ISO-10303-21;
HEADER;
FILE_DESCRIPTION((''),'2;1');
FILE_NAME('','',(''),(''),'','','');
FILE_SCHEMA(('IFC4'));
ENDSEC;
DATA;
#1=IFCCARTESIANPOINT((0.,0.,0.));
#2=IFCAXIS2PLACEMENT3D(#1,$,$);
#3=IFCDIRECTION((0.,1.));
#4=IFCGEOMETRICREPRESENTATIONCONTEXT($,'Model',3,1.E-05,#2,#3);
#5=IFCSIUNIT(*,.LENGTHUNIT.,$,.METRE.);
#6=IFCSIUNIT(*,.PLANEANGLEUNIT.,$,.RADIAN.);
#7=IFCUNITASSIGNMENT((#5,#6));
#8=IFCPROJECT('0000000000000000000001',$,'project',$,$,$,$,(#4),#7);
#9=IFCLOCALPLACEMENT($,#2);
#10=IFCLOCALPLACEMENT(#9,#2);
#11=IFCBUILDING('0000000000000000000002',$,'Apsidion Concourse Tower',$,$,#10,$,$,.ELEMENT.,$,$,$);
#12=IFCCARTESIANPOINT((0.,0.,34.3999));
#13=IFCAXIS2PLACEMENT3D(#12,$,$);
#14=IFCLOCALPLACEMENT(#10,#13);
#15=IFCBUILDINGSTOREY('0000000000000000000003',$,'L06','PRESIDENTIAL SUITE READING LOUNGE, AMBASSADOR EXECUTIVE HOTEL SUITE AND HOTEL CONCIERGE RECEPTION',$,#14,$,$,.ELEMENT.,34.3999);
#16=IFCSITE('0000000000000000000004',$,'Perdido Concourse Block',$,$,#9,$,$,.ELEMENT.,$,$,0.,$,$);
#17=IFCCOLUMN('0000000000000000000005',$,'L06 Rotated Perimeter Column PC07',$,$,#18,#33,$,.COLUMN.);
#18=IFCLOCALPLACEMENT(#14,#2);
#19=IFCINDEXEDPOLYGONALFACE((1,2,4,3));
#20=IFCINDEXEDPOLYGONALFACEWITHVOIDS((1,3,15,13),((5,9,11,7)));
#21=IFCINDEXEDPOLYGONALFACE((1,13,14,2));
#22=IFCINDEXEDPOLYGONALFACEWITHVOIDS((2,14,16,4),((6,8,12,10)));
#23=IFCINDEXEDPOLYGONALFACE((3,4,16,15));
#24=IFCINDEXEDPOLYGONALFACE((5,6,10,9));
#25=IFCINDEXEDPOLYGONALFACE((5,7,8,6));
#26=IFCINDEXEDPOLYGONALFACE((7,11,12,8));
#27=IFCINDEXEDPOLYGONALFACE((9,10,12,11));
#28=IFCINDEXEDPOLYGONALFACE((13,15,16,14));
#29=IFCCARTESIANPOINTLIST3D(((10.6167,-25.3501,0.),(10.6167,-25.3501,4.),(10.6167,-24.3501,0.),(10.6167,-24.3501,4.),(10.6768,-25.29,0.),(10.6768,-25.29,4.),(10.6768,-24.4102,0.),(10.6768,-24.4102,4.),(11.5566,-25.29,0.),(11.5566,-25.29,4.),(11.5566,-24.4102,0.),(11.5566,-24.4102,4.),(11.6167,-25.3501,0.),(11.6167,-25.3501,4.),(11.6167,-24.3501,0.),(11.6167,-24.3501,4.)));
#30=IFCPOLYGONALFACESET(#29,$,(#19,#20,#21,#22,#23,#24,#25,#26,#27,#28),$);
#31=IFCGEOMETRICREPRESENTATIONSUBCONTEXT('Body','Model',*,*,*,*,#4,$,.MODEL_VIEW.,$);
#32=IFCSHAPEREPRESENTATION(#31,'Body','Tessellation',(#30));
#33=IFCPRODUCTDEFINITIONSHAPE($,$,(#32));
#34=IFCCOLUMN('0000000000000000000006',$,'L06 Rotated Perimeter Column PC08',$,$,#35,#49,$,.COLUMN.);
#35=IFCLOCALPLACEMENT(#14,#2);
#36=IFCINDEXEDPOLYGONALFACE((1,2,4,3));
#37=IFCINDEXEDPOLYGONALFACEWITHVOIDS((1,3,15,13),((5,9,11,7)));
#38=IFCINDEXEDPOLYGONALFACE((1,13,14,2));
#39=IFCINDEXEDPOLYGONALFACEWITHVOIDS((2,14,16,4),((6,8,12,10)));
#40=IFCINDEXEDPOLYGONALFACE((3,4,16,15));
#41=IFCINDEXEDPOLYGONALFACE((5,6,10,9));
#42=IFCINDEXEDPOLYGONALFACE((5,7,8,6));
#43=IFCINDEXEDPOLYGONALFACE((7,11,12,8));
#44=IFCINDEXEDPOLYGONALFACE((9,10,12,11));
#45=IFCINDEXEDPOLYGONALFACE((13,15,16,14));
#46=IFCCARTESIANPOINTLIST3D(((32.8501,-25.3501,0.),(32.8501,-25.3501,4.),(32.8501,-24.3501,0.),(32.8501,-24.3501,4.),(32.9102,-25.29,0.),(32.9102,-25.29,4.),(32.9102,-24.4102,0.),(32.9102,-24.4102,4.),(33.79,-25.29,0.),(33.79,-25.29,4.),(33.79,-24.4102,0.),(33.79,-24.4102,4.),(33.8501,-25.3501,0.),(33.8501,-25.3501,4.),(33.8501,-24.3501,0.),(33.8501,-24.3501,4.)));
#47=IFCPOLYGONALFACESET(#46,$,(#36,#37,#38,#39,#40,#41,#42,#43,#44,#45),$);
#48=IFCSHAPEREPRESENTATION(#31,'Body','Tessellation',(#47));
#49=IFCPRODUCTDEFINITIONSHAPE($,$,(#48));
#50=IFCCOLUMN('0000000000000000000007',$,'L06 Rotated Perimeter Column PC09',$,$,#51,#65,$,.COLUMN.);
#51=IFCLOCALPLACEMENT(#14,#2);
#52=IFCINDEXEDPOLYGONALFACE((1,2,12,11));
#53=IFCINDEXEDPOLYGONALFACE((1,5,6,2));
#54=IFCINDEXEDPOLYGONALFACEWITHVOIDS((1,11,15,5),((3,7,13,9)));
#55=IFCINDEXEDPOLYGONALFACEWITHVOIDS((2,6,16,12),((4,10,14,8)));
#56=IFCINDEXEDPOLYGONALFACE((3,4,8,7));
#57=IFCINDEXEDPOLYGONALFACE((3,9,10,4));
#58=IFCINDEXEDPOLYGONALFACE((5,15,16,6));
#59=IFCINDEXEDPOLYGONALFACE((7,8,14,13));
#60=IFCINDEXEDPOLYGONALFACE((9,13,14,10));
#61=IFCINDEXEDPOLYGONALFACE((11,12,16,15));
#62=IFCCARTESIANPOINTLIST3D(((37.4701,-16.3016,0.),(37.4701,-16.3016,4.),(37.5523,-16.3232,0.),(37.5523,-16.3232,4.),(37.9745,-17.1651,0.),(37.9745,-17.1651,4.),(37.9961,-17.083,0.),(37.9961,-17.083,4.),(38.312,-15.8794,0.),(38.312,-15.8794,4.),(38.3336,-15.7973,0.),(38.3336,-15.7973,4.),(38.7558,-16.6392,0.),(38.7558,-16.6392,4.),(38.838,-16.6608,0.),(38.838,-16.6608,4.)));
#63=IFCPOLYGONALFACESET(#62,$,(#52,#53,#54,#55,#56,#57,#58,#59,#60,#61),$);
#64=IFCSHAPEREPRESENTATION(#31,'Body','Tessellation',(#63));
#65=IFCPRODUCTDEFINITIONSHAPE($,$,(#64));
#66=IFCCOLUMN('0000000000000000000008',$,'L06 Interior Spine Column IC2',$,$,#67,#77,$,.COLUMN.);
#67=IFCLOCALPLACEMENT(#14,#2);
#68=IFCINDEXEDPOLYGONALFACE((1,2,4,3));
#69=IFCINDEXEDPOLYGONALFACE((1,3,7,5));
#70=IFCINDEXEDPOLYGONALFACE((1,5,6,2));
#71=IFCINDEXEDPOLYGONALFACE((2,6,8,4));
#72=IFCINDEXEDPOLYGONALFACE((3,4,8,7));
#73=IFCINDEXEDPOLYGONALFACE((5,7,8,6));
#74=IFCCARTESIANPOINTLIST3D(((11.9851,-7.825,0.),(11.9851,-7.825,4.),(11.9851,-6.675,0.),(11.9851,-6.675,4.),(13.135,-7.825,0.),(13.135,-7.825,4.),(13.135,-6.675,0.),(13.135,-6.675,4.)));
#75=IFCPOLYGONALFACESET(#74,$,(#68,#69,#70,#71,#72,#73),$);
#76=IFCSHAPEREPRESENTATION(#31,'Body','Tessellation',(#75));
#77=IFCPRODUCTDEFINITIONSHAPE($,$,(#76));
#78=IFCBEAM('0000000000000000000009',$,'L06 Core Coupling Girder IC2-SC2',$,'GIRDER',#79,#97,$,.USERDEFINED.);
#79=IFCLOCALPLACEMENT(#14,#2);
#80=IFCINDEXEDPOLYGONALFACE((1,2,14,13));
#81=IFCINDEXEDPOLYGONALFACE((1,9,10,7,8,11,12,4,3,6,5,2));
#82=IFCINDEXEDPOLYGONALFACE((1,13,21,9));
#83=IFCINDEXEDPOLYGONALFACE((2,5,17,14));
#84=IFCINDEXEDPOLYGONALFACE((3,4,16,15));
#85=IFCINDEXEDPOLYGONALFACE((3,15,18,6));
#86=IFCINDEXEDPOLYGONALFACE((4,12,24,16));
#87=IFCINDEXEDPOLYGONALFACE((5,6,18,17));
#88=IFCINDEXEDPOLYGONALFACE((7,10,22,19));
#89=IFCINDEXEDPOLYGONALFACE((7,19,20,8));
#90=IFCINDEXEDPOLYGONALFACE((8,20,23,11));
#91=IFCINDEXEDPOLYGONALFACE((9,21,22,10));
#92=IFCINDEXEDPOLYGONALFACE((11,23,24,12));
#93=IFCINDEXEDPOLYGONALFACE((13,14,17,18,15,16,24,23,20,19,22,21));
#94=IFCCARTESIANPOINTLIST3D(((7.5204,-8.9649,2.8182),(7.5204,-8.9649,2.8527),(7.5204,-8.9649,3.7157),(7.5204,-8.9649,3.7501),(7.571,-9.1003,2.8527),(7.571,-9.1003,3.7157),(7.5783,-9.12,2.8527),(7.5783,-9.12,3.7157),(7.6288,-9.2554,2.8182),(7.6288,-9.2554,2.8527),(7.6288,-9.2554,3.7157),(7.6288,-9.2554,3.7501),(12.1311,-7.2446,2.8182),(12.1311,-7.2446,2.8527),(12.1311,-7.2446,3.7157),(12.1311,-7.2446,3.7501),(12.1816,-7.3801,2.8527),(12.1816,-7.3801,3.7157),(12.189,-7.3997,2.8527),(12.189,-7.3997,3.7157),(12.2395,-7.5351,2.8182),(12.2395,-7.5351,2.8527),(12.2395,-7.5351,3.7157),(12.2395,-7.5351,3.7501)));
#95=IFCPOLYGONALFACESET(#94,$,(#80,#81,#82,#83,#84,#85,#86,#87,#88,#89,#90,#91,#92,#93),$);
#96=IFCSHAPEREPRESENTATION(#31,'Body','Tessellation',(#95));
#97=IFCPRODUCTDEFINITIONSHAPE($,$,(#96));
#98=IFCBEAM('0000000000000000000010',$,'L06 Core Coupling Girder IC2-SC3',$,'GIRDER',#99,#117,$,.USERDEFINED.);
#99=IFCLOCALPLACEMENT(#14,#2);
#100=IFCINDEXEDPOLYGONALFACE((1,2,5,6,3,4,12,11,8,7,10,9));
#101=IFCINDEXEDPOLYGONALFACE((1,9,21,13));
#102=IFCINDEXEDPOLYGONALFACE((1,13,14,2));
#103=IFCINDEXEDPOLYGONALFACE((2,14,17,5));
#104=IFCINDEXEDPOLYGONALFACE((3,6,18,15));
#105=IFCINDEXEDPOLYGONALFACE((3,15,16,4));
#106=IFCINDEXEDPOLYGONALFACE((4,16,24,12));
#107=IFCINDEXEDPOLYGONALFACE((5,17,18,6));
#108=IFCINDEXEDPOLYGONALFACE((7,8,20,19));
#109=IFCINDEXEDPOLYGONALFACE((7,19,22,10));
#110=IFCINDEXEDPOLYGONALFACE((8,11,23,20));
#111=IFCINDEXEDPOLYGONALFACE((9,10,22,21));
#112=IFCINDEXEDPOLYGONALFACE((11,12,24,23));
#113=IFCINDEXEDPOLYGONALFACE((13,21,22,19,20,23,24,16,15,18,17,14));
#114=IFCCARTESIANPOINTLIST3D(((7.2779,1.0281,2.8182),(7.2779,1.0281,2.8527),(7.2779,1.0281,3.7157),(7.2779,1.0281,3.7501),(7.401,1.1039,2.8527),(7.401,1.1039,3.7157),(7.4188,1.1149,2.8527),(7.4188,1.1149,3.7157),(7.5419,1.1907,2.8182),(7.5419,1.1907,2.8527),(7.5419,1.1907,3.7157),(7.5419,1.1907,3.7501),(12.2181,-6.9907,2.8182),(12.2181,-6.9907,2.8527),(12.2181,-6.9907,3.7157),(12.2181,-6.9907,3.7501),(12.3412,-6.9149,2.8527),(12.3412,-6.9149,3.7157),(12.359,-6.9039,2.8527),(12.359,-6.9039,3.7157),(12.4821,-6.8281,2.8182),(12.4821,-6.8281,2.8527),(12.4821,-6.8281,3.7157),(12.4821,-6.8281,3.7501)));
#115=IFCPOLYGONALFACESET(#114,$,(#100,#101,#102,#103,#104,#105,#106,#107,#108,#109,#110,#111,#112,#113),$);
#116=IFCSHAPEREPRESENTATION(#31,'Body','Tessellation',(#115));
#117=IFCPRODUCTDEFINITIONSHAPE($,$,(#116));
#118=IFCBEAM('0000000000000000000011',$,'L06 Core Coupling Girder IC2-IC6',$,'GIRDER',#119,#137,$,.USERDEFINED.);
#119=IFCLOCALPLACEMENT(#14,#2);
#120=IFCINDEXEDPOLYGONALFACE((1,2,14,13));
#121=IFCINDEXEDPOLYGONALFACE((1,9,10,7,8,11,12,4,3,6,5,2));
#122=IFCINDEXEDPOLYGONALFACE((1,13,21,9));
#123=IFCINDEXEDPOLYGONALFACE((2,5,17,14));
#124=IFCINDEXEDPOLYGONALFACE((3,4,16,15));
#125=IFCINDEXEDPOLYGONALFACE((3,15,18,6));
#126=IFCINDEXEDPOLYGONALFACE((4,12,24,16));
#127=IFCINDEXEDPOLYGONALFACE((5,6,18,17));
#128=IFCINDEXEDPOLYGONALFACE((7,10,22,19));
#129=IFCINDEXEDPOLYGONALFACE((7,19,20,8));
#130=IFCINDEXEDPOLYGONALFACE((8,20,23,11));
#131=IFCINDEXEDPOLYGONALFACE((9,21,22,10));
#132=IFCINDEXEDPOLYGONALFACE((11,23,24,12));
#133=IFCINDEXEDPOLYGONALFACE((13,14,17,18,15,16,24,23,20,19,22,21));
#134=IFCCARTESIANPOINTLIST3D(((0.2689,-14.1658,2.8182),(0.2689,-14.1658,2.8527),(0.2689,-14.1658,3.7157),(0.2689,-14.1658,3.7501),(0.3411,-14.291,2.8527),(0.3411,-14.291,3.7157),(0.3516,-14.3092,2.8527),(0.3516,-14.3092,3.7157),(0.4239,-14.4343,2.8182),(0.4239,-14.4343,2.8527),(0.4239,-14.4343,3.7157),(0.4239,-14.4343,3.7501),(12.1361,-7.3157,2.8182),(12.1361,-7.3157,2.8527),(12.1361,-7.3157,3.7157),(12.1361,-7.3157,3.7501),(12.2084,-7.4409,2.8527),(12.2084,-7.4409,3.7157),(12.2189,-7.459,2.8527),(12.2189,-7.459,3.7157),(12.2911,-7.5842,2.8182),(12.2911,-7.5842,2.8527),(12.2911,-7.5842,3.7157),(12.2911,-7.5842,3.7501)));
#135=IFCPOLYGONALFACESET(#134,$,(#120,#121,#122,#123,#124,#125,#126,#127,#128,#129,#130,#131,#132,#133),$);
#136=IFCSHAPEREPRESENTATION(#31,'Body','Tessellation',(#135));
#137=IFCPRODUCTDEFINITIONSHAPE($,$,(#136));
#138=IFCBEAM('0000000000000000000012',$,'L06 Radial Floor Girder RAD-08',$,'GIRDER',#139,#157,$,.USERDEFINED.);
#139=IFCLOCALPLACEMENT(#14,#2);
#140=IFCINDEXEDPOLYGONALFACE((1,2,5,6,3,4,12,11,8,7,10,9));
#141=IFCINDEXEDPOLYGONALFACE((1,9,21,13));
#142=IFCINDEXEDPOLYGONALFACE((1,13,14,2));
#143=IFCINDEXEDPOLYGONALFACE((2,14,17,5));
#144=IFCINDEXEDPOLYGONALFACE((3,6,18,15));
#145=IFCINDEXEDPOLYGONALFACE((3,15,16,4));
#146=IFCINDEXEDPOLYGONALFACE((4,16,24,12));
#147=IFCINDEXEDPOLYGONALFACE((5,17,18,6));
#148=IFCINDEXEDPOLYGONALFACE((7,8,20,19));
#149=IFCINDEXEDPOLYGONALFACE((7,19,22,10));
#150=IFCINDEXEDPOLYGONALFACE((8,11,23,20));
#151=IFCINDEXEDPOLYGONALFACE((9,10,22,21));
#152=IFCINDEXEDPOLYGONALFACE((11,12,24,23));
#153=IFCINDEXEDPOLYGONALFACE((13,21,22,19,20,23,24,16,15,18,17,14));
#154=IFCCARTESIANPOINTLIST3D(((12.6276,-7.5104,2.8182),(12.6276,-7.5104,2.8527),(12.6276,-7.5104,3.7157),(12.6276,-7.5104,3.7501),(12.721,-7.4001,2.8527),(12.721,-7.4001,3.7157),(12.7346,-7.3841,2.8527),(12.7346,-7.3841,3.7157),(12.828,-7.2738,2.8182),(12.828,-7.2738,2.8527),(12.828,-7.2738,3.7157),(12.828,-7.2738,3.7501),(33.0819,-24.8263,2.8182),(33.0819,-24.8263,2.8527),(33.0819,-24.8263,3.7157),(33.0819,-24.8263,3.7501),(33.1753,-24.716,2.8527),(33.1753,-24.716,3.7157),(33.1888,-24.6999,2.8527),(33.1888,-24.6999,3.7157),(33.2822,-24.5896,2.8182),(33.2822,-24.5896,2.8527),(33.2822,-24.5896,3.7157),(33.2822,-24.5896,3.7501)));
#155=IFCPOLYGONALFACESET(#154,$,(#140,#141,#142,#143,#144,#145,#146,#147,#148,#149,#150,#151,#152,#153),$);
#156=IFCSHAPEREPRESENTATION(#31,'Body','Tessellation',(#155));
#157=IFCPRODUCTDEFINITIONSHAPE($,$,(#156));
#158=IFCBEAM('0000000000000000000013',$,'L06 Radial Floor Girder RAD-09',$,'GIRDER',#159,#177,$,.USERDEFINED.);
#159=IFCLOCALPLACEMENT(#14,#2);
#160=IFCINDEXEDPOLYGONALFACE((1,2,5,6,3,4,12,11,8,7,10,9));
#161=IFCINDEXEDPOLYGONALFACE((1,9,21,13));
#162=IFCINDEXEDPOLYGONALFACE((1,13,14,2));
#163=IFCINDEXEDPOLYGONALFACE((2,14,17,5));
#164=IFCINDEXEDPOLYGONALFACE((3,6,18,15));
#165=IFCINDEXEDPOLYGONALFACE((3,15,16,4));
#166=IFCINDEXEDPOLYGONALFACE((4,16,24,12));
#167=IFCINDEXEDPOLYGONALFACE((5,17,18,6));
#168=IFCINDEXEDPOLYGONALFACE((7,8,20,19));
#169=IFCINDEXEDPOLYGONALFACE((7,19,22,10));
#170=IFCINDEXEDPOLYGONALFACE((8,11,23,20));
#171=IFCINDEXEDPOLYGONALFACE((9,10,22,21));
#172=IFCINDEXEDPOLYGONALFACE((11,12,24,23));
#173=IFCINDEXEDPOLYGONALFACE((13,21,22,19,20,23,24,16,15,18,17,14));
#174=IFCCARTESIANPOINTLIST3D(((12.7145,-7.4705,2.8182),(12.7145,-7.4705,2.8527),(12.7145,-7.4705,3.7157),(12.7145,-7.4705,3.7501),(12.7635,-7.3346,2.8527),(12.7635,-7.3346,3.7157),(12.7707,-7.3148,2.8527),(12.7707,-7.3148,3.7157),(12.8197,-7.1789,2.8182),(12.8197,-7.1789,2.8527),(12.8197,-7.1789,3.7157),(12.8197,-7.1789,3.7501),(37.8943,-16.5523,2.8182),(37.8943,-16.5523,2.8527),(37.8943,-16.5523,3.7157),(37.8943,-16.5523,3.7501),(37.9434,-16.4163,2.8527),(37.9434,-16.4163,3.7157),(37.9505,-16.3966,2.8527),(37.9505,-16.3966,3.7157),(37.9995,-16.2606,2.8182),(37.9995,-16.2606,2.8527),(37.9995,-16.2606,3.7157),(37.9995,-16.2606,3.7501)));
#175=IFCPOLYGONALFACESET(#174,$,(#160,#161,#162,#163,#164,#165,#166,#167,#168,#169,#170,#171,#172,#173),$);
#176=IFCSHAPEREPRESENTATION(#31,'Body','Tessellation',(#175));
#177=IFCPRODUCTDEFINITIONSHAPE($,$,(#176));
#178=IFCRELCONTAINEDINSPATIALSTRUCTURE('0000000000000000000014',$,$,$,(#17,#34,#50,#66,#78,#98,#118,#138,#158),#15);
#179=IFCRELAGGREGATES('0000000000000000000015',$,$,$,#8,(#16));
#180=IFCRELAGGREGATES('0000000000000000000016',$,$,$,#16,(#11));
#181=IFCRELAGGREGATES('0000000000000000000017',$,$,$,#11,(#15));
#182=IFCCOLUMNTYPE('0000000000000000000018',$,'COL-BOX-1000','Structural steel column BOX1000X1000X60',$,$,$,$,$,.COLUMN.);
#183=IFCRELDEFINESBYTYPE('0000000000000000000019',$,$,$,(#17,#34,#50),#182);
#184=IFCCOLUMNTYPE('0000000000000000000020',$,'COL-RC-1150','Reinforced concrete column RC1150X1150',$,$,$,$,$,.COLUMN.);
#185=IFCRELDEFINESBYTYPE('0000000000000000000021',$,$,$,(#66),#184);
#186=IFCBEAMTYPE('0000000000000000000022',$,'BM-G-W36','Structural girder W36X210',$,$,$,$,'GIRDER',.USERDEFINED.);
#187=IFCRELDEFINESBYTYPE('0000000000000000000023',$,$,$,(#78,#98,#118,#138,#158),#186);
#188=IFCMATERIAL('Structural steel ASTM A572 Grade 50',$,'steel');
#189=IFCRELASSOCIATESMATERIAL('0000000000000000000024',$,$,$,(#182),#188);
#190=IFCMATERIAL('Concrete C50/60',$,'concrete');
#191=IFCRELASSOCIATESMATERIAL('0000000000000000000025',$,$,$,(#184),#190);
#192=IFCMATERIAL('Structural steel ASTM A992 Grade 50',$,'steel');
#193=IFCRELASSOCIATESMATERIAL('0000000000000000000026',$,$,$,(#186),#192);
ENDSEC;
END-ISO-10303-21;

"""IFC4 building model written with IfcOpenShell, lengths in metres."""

from ifc_helpers import new_model, si_unit, direction, frame, origin, origin_2d, place, context, subcontext, project, spatial, rectangle, hollow_rectangle, i_section, extrude, material, material_profile, profile_set, type_object, element, save


model = new_model("IFC4")

# Units and contexts
model_context = context("Model", 3, precision=1e-05, world=origin(), true_north=direction((0.0, 1.0)))
body_context = subcontext(model_context, "Body", "Model", "MODEL_VIEW")
ifc_project = project(units=[si_unit("LENGTHUNIT", "METRE"), si_unit("PLANEANGLEUNIT", "RADIAN")], contexts=[model_context])

# Site, building, storey
site_placement = place(None, origin())
site = spatial("IfcSite", under=ifc_project, at=site_placement, Name="Perdido Concourse Block", CompositionType="ELEMENT", RefElevation=0.0)
building_placement = place(site_placement, origin())
building = spatial("IfcBuilding", under=site, at=building_placement, Name="Apsidion Concourse Tower", CompositionType="ELEMENT")
storey_placement = place(building_placement, frame((0.0, 0.0, 34.3999)))
storey = spatial("IfcBuildingStorey", under=building, at=storey_placement, Name="L06", Description="PRESIDENTIAL SUITE READING LOUNGE, AMBASSADOR EXECUTIVE HOTEL SUITE AND HOTEL CONCIERGE RECEPTION", CompositionType="ELEMENT", Elevation=34.3999)

# Columns
ifc_material_1 = material(Name="Structural steel ASTM A572 Grade 50", Category="steel")
ifc_material_profile_1 = material_profile(ifc_material_1, hollow_rectangle(XDim=1.0, YDim=1.0, WallThickness=0.0601, at=origin_2d()), Name="BOX1000X1000X60")
ifc_profile_set_1 = profile_set([ifc_material_profile_1], Name="Structural steel ASTM A572 Grade 50")
column_type_1 = type_object("IfcColumnType", Name="COL-BOX-1000", Description="Structural steel column BOX1000X1000X60", PredefinedType="COLUMN", material=ifc_profile_set_1)
for number, where, z_axis, x_axis, name in (
    (1, (11.1167, -24.8501, 0.0), (0.0, 0.0, 1.0), (1.0, 0.0, 0.0), "L06 Rotated Perimeter Column PC07"),
    (2, (33.3501, -24.8501, 0.0), (0.0, 0.0, 1.0), (1.0, 0.0, 0.0), "L06 Rotated Perimeter Column PC08"),
    (3, (38.1541, -16.4812, 0.0), (0.0, 0.0, 1.0), (-0.504377, 0.863484, 0.0), "L06 Rotated Perimeter Column PC09"),
):
    element("IfcColumn", number, at=place(storey_placement, frame(where, z_axis=z_axis, x_axis=x_axis)), inside=storey, type_object=column_type_1, Name=name, PredefinedType="COLUMN", context=body_context, shape_type="SweptSolid", body=[
        extrude(hollow_rectangle(XDim=1.0, YDim=1.0, WallThickness=0.0601, at=origin_2d()), origin(), (0.0, 0.0, 1.0), 4.0),
    ])
ifc_material_2 = material(Name="Concrete C50/60", Category="concrete")
ifc_material_profile_2 = material_profile(ifc_material_2, rectangle(XDim=1.1499, YDim=1.1499, at=origin_2d()), Name="RC 1150x1150")
ifc_profile_set_2 = profile_set([ifc_material_profile_2], Name="Concrete C50/60")
column_type_2 = type_object("IfcColumnType", Name="COL-RC-1150", Description="Reinforced concrete column RC1150X1150", PredefinedType="COLUMN", material=ifc_profile_set_2)
column_placement = place(storey_placement, frame((12.5601, -7.25, 0.0), z_axis=(0.0, 0.0, 1.0), x_axis=(1.0, 0.0, 0.0)))
element("IfcColumn", 4, at=column_placement, inside=storey, type_object=column_type_2, Name="L06 Interior Spine Column IC2", PredefinedType="COLUMN", context=body_context, shape_type="SweptSolid", body=[
    extrude(rectangle(XDim=1.1499, YDim=1.1499, at=origin_2d()), origin(), (0.0, 0.0, 1.0), 4.0),
])

# Beams
ifc_material_3 = material(Name="Structural steel ASTM A992 Grade 50", Category="steel")
ifc_material_profile_3 = material_profile(ifc_material_3, i_section(OverallWidth=0.3101, OverallDepth=0.9319, WebThickness=0.021, FlangeThickness=0.0344, at=origin_2d()), Name="W36X210")
ifc_profile_set_3 = profile_set([ifc_material_profile_3], Name="Structural steel ASTM A992 Grade 50")
beam_type_1 = type_object("IfcBeamType", Name="BM-G-W36", Description="Structural girder W36X210", ElementType="GIRDER", PredefinedType="USERDEFINED", material=ifc_profile_set_3)
beam_1_placement = place(storey_placement, frame((12.1853, -7.3899, 3.2842), z_axis=(-0.936913, -0.349563, 0.0), x_axis=(0.349563, -0.936913, 0.0)))
element("IfcBeam", 5, at=beam_1_placement, inside=storey, type_object=beam_type_1, Name="L06 Core Coupling Girder IC2-SC2", ObjectType="GIRDER", PredefinedType="USERDEFINED", context=body_context, shape_type="SweptSolid", body=[
    extrude(i_section(OverallWidth=0.3101, OverallDepth=0.9319, WebThickness=0.021, FlangeThickness=0.0344, at=origin_2d()), origin(), (0.0, 0.0, 1.0), 4.9211),
])
beam_2_placement = place(storey_placement, frame((12.3501, -6.9094, 3.2842), z_axis=(-0.524524, 0.851396, 0.0), x_axis=(-0.851396, -0.524524, 0.0)))
element("IfcBeam", 6, at=beam_2_placement, inside=storey, type_object=beam_type_1, Name="L06 Core Coupling Girder IC2-SC3", ObjectType="GIRDER", PredefinedType="USERDEFINED", context=body_context, shape_type="SweptSolid", body=[
    extrude(i_section(OverallWidth=0.3101, OverallDepth=0.9319, WebThickness=0.021, FlangeThickness=0.0344, at=origin_2d()), origin(), (0.0, 0.0, 1.0), 9.4185),
])
beam_3_placement = place(storey_placement, frame((12.2136, -7.45, 3.2842), z_axis=(-0.86607, -0.499922, 0.0), x_axis=(0.499922, -0.86607, 0.0)))
element("IfcBeam", 7, at=beam_3_placement, inside=storey, type_object=beam_type_1, Name="L06 Core Coupling Girder IC2-IC6", ObjectType="GIRDER", PredefinedType="USERDEFINED", context=body_context, shape_type="SweptSolid", body=[
    extrude(i_section(OverallWidth=0.3101, OverallDepth=0.9319, WebThickness=0.021, FlangeThickness=0.0344, at=origin_2d()), origin(), (0.0, 0.0, 1.0), 13.7024),
])
beam_4_placement = place(storey_placement, frame((12.7278, -7.3921, 3.2842), z_axis=(0.763232, -0.646125, 0.0), x_axis=(0.646125, 0.763232, 0.0)))
element("IfcBeam", 8, at=beam_4_placement, inside=storey, type_object=beam_type_1, Name="L06 Radial Floor Girder RAD-08", ObjectType="GIRDER", PredefinedType="USERDEFINED", context=body_context, shape_type="SweptSolid", body=[
    extrude(i_section(OverallWidth=0.3101, OverallDepth=0.9319, WebThickness=0.021, FlangeThickness=0.0344, at=origin_2d()), origin(), (0.0, 0.0, 1.0), 26.7996),
])
beam_5_placement = place(storey_placement, frame((12.7671, -7.3247, 3.2842), z_axis=(0.940685, -0.339282, 0.0), x_axis=(0.339282, 0.940685, 0.0)))
element("IfcBeam", 9, at=beam_5_placement, inside=storey, type_object=beam_type_1, Name="L06 Radial Floor Girder RAD-09", ObjectType="GIRDER", PredefinedType="USERDEFINED", context=body_context, shape_type="SweptSolid", body=[
    extrude(i_section(OverallWidth=0.3101, OverallDepth=0.9319, WebThickness=0.021, FlangeThickness=0.0344, at=origin_2d()), origin(), (0.0, 0.0, 1.0), 26.7676),
])

save(model, "model.ifc")
